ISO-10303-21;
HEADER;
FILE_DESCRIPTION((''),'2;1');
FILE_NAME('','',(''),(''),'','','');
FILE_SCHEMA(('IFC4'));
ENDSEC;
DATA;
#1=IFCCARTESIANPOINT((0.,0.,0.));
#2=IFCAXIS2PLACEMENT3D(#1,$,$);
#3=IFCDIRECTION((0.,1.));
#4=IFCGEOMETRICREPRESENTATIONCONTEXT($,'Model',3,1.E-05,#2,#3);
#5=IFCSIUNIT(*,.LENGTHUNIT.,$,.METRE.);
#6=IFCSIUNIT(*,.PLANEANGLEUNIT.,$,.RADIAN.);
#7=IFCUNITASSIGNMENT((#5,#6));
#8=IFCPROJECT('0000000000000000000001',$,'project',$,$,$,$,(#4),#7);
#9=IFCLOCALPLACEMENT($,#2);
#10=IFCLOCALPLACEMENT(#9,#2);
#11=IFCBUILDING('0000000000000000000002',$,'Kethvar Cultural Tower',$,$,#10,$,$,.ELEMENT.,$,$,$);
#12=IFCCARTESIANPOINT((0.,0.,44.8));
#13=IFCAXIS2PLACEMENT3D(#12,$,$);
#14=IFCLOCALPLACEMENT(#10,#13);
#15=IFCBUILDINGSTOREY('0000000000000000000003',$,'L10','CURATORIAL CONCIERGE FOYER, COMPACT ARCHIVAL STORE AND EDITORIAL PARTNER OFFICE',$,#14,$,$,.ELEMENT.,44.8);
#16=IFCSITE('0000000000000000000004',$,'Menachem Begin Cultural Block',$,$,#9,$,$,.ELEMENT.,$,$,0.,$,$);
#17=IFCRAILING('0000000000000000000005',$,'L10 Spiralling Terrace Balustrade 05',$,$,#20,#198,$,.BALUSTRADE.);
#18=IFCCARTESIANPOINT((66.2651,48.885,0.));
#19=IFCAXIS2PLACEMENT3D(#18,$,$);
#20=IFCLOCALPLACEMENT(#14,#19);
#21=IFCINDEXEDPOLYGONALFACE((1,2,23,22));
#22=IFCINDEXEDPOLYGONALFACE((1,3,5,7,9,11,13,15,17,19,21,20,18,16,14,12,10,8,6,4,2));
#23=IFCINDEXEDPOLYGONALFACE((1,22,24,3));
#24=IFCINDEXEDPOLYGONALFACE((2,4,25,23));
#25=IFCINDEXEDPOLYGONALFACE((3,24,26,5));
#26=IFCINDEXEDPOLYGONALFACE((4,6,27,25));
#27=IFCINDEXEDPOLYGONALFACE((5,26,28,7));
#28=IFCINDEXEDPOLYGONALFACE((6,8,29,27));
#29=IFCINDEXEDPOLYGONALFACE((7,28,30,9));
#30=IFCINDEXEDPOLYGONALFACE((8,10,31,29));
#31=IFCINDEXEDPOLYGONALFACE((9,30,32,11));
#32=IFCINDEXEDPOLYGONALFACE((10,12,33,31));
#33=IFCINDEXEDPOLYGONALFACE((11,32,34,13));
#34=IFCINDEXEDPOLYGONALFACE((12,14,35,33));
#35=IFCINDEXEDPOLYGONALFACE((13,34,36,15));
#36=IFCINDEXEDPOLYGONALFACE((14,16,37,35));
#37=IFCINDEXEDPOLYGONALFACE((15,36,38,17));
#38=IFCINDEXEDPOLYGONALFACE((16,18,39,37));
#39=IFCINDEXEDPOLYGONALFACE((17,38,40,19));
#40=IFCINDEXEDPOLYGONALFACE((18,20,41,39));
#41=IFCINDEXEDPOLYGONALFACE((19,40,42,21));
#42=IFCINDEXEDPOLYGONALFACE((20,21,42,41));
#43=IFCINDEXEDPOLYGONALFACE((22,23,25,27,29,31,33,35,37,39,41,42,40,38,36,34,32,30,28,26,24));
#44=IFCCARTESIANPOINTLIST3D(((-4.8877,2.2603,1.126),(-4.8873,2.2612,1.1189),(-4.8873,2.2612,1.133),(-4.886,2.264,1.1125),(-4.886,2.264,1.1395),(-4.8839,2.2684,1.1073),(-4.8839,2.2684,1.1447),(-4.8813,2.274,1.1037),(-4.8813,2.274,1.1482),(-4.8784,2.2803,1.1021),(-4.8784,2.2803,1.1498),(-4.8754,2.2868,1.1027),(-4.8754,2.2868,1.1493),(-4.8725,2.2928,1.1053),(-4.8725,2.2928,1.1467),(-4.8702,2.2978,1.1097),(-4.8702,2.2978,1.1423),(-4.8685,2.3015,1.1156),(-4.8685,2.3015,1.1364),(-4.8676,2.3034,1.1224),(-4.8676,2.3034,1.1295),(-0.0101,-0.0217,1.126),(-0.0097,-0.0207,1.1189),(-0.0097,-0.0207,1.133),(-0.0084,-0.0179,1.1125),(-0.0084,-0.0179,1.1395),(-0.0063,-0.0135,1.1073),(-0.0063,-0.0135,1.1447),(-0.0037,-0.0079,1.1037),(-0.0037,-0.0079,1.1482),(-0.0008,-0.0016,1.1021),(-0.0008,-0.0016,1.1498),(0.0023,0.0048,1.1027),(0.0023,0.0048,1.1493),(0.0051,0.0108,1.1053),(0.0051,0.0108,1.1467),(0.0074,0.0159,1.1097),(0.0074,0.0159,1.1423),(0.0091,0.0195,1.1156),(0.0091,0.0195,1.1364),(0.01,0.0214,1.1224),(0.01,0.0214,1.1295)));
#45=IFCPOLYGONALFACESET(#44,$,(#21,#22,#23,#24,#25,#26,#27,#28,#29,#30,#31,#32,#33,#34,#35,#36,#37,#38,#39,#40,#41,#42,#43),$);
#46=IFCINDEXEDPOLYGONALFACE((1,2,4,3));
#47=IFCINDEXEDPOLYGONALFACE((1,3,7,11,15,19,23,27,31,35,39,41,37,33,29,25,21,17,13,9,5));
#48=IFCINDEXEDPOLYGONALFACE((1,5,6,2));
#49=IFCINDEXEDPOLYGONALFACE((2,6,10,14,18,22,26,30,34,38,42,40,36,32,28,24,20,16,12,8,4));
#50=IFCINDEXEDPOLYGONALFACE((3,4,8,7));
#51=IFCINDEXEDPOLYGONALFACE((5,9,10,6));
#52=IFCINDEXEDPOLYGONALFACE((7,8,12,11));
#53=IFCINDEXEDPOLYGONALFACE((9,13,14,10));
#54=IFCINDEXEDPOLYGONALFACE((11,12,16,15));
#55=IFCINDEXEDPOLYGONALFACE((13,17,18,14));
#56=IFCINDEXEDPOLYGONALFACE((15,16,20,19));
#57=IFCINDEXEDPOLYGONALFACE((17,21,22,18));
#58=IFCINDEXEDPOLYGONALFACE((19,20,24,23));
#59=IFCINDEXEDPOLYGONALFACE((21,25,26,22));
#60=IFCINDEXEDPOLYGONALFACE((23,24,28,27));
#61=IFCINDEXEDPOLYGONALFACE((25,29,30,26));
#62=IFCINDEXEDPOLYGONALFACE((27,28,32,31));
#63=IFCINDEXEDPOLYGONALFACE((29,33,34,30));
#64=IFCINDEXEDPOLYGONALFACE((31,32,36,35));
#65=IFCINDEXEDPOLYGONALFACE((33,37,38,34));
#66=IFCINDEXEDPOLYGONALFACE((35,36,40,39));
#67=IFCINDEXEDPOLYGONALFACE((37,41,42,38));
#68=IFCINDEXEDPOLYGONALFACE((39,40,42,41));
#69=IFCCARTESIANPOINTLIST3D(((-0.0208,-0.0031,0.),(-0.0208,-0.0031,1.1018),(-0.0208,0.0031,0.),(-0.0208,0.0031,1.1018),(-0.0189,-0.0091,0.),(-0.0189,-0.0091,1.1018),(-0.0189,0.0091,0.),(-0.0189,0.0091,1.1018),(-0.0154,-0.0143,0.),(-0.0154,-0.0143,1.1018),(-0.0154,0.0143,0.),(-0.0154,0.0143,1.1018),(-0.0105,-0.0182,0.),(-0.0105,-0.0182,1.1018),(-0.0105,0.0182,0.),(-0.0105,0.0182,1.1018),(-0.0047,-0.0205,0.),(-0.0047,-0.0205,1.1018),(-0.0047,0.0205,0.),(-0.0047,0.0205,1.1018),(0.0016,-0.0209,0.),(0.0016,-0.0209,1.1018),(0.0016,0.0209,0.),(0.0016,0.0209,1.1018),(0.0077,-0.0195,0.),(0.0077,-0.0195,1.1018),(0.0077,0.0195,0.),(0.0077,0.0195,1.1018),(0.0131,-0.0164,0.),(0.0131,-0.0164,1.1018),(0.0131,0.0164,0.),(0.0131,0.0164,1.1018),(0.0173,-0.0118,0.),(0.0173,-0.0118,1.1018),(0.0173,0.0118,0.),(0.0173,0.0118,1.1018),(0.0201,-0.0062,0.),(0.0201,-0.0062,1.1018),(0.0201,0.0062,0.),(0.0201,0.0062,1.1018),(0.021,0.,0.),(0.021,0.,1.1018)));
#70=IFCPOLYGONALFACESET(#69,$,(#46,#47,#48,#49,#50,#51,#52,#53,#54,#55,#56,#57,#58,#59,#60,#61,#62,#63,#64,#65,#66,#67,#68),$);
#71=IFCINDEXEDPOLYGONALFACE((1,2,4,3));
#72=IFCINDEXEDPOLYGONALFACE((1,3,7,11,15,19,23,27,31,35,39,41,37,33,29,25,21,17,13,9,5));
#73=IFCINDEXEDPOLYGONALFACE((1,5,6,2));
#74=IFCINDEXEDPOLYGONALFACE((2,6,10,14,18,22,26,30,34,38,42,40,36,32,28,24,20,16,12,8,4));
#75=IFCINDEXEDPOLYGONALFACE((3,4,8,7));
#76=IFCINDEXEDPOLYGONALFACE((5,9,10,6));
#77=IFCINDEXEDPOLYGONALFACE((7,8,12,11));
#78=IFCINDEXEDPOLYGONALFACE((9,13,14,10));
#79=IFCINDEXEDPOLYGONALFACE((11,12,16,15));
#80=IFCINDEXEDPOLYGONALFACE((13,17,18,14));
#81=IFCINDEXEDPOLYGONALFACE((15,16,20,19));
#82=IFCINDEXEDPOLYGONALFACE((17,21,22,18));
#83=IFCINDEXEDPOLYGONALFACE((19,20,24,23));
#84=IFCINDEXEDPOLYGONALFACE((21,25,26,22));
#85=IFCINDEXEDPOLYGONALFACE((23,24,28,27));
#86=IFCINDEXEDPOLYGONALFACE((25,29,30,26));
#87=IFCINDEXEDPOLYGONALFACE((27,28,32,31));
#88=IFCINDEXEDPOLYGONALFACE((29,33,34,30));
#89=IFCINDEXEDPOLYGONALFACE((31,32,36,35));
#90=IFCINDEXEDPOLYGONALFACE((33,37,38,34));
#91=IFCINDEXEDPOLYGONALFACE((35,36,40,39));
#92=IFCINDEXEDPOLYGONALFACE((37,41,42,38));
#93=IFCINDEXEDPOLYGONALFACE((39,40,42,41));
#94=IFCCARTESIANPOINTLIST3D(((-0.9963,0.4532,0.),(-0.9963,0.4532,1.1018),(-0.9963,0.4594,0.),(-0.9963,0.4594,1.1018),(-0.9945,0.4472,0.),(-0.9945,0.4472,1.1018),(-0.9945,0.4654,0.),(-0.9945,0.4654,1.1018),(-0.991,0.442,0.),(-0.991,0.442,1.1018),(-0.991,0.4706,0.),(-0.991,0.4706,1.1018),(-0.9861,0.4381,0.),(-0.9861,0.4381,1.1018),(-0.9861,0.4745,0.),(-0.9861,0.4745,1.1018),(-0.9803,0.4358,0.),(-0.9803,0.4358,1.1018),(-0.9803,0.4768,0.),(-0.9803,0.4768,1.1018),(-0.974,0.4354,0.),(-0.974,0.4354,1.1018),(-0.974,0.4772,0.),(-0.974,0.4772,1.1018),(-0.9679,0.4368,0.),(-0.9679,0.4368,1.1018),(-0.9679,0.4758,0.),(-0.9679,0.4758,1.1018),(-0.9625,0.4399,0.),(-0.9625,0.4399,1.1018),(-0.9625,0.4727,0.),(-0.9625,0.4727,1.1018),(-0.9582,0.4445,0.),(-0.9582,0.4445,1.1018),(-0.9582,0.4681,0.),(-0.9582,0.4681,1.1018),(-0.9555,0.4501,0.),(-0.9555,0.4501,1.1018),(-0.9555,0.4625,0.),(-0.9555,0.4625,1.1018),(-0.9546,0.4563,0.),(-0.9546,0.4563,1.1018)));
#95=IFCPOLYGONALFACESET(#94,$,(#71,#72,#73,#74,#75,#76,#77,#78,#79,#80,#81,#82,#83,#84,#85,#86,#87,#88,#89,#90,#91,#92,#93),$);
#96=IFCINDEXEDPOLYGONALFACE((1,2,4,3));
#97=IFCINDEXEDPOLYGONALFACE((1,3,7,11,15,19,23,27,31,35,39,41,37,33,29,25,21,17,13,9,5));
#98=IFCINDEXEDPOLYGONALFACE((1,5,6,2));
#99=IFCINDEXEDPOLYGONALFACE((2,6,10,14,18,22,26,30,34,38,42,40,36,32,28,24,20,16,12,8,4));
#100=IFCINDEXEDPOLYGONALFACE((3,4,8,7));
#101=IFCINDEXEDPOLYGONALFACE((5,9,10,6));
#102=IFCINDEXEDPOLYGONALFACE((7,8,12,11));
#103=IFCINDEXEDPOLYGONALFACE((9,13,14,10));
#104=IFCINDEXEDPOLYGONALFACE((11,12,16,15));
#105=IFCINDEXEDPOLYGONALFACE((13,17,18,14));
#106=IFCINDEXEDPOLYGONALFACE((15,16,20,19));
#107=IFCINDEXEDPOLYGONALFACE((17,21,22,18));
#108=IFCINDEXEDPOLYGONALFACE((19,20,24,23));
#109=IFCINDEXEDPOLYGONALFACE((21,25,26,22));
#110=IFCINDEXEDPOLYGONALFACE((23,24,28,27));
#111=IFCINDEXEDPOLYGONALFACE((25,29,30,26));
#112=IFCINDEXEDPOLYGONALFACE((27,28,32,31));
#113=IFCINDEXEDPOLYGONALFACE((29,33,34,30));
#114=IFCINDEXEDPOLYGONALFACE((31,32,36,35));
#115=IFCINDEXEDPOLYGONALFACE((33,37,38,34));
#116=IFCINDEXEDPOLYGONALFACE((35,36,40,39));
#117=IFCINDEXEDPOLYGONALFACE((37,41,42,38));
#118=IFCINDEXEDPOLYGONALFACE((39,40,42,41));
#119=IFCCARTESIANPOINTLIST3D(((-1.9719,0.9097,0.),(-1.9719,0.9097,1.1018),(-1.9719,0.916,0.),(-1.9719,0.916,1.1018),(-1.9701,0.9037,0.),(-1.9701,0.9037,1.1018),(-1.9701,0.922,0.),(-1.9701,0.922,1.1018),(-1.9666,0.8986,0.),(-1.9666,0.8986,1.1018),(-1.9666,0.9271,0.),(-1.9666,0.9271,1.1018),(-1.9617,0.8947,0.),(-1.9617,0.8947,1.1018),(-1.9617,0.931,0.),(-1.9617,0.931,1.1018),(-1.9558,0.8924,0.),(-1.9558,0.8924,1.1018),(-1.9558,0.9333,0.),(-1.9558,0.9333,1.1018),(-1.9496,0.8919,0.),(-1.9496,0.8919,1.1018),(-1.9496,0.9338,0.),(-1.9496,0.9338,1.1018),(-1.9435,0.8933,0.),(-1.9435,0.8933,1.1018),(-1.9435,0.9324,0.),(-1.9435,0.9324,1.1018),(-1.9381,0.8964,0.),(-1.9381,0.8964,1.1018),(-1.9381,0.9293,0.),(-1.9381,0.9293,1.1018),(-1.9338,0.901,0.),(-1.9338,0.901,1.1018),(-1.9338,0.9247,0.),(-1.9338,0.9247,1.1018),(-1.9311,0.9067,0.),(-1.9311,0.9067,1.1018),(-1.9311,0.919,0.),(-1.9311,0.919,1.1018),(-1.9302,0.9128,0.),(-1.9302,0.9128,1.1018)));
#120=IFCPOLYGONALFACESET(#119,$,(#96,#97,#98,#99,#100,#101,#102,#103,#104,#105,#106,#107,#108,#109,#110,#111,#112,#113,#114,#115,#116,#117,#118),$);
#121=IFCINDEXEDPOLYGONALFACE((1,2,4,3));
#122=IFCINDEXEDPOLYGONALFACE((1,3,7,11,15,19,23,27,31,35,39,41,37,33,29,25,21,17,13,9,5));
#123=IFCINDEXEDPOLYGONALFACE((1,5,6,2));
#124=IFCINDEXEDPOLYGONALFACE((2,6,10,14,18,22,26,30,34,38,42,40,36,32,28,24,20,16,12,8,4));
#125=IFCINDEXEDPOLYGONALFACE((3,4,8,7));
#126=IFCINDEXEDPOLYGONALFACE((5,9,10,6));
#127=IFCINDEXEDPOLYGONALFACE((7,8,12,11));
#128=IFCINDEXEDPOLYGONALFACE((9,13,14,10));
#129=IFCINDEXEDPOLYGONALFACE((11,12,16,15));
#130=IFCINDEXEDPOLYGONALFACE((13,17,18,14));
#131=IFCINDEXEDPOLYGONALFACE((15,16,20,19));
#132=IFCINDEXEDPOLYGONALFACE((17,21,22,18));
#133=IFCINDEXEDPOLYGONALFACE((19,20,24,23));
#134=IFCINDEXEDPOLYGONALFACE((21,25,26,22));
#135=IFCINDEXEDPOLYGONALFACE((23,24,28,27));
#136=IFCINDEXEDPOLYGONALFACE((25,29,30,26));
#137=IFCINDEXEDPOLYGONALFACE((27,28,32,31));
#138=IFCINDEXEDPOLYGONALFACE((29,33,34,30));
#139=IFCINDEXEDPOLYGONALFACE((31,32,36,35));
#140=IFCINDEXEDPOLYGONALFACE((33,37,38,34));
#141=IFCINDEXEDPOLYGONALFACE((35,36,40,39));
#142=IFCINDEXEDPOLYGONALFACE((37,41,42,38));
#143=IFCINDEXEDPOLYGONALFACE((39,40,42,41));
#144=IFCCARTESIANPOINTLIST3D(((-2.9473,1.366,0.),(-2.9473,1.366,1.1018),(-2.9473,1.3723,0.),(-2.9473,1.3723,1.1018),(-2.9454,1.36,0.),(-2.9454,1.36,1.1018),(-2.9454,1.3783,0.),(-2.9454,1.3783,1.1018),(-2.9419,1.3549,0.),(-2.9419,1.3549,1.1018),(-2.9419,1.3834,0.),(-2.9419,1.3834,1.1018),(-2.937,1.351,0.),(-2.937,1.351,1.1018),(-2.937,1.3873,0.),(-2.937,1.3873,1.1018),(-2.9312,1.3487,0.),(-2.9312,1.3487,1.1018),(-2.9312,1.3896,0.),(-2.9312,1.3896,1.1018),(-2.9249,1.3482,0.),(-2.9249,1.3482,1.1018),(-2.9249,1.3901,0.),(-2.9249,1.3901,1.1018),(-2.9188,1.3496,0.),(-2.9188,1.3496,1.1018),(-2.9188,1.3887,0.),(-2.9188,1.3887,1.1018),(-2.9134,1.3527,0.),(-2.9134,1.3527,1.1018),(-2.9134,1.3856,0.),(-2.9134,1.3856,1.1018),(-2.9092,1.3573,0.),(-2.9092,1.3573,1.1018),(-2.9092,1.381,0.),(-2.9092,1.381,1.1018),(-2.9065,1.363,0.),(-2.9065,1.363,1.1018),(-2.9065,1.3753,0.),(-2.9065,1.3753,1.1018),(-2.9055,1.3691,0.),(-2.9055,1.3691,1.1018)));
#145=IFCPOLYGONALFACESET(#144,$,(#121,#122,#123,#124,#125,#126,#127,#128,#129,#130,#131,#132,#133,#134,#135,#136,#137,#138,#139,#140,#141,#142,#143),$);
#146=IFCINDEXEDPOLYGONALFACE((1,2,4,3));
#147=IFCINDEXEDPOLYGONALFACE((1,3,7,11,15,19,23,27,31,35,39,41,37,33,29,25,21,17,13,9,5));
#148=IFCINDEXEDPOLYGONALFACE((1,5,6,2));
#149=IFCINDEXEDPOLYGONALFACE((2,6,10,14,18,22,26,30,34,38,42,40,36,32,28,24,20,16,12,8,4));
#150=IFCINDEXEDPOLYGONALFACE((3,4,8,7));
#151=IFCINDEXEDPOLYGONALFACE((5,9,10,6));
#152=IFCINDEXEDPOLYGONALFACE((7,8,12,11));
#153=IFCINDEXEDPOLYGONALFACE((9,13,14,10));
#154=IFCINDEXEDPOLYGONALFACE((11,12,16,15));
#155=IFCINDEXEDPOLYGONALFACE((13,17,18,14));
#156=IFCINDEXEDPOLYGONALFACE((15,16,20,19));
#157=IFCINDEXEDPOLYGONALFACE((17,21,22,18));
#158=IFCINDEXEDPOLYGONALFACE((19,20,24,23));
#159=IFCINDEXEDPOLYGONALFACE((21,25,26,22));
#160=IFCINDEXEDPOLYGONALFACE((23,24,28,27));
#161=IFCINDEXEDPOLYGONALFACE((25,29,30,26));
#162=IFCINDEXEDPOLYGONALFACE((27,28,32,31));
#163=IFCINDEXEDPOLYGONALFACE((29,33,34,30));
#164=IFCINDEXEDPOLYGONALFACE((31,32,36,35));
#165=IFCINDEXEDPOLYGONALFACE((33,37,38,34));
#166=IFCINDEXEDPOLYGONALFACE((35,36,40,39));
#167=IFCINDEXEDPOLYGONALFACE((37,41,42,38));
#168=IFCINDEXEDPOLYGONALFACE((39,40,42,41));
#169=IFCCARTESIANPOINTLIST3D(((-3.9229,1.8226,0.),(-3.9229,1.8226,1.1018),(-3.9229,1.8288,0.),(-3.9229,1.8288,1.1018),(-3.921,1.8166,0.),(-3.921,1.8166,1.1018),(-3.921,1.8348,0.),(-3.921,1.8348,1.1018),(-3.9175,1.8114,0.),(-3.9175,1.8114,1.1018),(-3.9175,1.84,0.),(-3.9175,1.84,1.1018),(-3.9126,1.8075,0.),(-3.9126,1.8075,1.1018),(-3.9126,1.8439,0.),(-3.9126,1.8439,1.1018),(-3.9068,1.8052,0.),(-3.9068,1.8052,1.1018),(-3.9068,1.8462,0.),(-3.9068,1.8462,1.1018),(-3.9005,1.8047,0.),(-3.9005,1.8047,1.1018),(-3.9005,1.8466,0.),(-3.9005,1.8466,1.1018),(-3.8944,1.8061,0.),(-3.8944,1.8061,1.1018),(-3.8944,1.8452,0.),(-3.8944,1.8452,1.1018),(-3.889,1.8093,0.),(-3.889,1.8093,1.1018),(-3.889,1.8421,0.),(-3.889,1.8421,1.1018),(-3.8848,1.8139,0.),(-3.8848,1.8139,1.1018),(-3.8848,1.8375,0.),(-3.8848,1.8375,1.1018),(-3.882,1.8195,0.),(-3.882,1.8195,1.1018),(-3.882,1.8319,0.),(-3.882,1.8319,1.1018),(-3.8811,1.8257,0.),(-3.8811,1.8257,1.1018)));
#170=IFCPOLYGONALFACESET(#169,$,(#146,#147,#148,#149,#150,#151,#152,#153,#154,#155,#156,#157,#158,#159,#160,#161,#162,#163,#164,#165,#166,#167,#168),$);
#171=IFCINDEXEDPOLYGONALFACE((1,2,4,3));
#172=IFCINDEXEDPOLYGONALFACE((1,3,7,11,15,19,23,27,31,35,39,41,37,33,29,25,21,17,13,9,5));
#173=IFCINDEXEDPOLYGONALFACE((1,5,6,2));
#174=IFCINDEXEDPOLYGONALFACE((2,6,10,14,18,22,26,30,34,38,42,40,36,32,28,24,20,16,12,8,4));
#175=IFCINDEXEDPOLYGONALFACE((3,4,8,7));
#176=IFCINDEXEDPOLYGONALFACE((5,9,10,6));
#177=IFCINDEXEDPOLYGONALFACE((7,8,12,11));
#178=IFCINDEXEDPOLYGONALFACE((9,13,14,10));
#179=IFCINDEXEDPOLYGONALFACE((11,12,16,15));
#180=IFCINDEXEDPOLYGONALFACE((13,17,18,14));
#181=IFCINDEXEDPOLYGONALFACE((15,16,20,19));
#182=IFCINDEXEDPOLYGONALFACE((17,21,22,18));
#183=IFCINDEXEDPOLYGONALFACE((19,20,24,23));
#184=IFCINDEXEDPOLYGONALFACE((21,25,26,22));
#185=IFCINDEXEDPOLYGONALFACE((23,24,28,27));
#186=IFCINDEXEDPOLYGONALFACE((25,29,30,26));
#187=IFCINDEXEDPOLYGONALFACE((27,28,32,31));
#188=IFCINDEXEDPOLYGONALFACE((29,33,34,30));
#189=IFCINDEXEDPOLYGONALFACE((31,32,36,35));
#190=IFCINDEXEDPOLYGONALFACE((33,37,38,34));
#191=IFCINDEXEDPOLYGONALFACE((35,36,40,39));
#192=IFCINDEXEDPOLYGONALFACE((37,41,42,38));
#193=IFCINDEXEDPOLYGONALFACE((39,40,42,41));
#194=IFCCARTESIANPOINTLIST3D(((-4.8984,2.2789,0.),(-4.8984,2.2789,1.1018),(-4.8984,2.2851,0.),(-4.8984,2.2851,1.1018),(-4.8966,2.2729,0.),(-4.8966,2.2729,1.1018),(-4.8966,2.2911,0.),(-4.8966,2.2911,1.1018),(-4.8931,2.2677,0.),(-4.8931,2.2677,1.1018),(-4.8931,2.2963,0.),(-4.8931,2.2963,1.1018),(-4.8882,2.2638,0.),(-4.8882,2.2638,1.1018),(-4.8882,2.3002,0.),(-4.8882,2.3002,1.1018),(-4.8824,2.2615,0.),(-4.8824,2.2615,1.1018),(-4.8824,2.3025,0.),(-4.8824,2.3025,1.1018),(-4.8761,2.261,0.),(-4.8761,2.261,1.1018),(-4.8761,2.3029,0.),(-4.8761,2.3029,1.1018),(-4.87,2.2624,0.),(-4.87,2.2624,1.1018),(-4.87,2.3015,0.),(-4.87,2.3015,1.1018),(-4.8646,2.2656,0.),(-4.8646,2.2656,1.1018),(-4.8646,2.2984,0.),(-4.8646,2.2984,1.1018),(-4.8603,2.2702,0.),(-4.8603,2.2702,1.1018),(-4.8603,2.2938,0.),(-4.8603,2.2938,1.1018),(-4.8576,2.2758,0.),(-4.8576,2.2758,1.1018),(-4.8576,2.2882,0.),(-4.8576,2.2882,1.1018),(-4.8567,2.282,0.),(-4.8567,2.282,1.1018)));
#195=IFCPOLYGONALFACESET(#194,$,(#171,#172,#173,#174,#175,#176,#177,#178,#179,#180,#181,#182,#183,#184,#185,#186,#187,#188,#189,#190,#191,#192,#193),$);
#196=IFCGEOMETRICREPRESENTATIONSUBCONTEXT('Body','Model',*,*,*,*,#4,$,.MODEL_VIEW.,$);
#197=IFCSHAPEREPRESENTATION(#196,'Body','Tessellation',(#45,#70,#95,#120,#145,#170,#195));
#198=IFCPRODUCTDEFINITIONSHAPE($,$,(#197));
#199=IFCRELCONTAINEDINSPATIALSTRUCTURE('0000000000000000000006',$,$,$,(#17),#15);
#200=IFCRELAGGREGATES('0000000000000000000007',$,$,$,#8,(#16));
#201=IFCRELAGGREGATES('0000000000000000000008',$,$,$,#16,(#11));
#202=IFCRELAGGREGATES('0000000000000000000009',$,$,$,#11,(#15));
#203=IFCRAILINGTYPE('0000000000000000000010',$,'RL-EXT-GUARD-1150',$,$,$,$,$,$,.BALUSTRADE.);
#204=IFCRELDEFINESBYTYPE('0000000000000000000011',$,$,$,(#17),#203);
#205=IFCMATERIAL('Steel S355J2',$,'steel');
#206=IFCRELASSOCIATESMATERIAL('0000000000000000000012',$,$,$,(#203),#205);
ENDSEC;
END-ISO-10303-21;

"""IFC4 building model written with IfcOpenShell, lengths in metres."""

from ifc_helpers import new_model, si_unit, direction, frame, origin, origin_2d, place, context, subcontext, project, spatial, circle, extrude, material, type_object, element, save


model = new_model("IFC4")

# Units and contexts
model_context = context("Model", 3, precision=1e-05, world=origin(), true_north=direction((0.0, 1.0)))
body_context = subcontext(model_context, "Body", "Model", "MODEL_VIEW")
ifc_project = project(units=[si_unit("LENGTHUNIT", "METRE"), si_unit("PLANEANGLEUNIT", "RADIAN")], contexts=[model_context])

# Site, building, storey
site_placement = place(None, origin())
site = spatial("IfcSite", under=ifc_project, at=site_placement, Name="Menachem Begin Cultural Block", CompositionType="ELEMENT", RefElevation=0.0)
building_placement = place(site_placement, origin())
building = spatial("IfcBuilding", under=site, at=building_placement, Name="Kethvar Cultural Tower", CompositionType="ELEMENT")
storey_placement = place(building_placement, frame((0.0, 0.0, 44.8)))
storey = spatial("IfcBuildingStorey", under=building, at=storey_placement, Name="L10", Description="CURATORIAL CONCIERGE FOYER, COMPACT ARCHIVAL STORE AND EDITORIAL PARTNER OFFICE", CompositionType="ELEMENT", Elevation=44.8)

# Shared definitions
ifc_material_1 = material(Name="Steel S355J2", Category="steel")

# Railing
railing_type = type_object("IfcRailingType", Name="RL-EXT-GUARD-1150", PredefinedType="BALUSTRADE", material=ifc_material_1)
railing_1_placement = place(storey_placement, frame((66.2651, 48.885, 0.0)))
element("IfcRailing", 1, at=railing_1_placement, inside=storey, type_object=railing_type, Name="L10 Spiralling Terrace Balustrade 05", PredefinedType="BALUSTRADE", context=body_context, shape_type="SweptSolid", body=[
    extrude(circle(Radius=0.0239, at=origin_2d()), frame((0.0, 0.0, 1.126), z_axis=(-0.905775, 0.423759, 0.0), x_axis=(-0.423759, -0.905775, 0.0)), (0.0, 0.0, 1.0), 5.385),
    extrude(circle(Radius=0.021, at=origin_2d()), origin(), (0.0, 0.0, 1.0), 1.1018),
    extrude(circle(Radius=0.021, at=origin_2d()), frame((-0.9756, 0.4563, 0.0)), (0.0, 0.0, 1.0), 1.1018),
    extrude(circle(Radius=0.021, at=origin_2d()), frame((-1.9512, 0.9128, 0.0)), (0.0, 0.0, 1.0), 1.1018),
    extrude(circle(Radius=0.021, at=origin_2d()), frame((-2.9265, 1.3691, 0.0)), (0.0, 0.0, 1.0), 1.1018),
    extrude(circle(Radius=0.021, at=origin_2d()), frame((-3.9021, 1.8257, 0.0)), (0.0, 0.0, 1.0), 1.1018),
    extrude(circle(Radius=0.021, at=origin_2d()), frame((-4.8777, 2.282, 0.0)), (0.0, 0.0, 1.0), 1.1018),
])

save(model, "model.ifc")
